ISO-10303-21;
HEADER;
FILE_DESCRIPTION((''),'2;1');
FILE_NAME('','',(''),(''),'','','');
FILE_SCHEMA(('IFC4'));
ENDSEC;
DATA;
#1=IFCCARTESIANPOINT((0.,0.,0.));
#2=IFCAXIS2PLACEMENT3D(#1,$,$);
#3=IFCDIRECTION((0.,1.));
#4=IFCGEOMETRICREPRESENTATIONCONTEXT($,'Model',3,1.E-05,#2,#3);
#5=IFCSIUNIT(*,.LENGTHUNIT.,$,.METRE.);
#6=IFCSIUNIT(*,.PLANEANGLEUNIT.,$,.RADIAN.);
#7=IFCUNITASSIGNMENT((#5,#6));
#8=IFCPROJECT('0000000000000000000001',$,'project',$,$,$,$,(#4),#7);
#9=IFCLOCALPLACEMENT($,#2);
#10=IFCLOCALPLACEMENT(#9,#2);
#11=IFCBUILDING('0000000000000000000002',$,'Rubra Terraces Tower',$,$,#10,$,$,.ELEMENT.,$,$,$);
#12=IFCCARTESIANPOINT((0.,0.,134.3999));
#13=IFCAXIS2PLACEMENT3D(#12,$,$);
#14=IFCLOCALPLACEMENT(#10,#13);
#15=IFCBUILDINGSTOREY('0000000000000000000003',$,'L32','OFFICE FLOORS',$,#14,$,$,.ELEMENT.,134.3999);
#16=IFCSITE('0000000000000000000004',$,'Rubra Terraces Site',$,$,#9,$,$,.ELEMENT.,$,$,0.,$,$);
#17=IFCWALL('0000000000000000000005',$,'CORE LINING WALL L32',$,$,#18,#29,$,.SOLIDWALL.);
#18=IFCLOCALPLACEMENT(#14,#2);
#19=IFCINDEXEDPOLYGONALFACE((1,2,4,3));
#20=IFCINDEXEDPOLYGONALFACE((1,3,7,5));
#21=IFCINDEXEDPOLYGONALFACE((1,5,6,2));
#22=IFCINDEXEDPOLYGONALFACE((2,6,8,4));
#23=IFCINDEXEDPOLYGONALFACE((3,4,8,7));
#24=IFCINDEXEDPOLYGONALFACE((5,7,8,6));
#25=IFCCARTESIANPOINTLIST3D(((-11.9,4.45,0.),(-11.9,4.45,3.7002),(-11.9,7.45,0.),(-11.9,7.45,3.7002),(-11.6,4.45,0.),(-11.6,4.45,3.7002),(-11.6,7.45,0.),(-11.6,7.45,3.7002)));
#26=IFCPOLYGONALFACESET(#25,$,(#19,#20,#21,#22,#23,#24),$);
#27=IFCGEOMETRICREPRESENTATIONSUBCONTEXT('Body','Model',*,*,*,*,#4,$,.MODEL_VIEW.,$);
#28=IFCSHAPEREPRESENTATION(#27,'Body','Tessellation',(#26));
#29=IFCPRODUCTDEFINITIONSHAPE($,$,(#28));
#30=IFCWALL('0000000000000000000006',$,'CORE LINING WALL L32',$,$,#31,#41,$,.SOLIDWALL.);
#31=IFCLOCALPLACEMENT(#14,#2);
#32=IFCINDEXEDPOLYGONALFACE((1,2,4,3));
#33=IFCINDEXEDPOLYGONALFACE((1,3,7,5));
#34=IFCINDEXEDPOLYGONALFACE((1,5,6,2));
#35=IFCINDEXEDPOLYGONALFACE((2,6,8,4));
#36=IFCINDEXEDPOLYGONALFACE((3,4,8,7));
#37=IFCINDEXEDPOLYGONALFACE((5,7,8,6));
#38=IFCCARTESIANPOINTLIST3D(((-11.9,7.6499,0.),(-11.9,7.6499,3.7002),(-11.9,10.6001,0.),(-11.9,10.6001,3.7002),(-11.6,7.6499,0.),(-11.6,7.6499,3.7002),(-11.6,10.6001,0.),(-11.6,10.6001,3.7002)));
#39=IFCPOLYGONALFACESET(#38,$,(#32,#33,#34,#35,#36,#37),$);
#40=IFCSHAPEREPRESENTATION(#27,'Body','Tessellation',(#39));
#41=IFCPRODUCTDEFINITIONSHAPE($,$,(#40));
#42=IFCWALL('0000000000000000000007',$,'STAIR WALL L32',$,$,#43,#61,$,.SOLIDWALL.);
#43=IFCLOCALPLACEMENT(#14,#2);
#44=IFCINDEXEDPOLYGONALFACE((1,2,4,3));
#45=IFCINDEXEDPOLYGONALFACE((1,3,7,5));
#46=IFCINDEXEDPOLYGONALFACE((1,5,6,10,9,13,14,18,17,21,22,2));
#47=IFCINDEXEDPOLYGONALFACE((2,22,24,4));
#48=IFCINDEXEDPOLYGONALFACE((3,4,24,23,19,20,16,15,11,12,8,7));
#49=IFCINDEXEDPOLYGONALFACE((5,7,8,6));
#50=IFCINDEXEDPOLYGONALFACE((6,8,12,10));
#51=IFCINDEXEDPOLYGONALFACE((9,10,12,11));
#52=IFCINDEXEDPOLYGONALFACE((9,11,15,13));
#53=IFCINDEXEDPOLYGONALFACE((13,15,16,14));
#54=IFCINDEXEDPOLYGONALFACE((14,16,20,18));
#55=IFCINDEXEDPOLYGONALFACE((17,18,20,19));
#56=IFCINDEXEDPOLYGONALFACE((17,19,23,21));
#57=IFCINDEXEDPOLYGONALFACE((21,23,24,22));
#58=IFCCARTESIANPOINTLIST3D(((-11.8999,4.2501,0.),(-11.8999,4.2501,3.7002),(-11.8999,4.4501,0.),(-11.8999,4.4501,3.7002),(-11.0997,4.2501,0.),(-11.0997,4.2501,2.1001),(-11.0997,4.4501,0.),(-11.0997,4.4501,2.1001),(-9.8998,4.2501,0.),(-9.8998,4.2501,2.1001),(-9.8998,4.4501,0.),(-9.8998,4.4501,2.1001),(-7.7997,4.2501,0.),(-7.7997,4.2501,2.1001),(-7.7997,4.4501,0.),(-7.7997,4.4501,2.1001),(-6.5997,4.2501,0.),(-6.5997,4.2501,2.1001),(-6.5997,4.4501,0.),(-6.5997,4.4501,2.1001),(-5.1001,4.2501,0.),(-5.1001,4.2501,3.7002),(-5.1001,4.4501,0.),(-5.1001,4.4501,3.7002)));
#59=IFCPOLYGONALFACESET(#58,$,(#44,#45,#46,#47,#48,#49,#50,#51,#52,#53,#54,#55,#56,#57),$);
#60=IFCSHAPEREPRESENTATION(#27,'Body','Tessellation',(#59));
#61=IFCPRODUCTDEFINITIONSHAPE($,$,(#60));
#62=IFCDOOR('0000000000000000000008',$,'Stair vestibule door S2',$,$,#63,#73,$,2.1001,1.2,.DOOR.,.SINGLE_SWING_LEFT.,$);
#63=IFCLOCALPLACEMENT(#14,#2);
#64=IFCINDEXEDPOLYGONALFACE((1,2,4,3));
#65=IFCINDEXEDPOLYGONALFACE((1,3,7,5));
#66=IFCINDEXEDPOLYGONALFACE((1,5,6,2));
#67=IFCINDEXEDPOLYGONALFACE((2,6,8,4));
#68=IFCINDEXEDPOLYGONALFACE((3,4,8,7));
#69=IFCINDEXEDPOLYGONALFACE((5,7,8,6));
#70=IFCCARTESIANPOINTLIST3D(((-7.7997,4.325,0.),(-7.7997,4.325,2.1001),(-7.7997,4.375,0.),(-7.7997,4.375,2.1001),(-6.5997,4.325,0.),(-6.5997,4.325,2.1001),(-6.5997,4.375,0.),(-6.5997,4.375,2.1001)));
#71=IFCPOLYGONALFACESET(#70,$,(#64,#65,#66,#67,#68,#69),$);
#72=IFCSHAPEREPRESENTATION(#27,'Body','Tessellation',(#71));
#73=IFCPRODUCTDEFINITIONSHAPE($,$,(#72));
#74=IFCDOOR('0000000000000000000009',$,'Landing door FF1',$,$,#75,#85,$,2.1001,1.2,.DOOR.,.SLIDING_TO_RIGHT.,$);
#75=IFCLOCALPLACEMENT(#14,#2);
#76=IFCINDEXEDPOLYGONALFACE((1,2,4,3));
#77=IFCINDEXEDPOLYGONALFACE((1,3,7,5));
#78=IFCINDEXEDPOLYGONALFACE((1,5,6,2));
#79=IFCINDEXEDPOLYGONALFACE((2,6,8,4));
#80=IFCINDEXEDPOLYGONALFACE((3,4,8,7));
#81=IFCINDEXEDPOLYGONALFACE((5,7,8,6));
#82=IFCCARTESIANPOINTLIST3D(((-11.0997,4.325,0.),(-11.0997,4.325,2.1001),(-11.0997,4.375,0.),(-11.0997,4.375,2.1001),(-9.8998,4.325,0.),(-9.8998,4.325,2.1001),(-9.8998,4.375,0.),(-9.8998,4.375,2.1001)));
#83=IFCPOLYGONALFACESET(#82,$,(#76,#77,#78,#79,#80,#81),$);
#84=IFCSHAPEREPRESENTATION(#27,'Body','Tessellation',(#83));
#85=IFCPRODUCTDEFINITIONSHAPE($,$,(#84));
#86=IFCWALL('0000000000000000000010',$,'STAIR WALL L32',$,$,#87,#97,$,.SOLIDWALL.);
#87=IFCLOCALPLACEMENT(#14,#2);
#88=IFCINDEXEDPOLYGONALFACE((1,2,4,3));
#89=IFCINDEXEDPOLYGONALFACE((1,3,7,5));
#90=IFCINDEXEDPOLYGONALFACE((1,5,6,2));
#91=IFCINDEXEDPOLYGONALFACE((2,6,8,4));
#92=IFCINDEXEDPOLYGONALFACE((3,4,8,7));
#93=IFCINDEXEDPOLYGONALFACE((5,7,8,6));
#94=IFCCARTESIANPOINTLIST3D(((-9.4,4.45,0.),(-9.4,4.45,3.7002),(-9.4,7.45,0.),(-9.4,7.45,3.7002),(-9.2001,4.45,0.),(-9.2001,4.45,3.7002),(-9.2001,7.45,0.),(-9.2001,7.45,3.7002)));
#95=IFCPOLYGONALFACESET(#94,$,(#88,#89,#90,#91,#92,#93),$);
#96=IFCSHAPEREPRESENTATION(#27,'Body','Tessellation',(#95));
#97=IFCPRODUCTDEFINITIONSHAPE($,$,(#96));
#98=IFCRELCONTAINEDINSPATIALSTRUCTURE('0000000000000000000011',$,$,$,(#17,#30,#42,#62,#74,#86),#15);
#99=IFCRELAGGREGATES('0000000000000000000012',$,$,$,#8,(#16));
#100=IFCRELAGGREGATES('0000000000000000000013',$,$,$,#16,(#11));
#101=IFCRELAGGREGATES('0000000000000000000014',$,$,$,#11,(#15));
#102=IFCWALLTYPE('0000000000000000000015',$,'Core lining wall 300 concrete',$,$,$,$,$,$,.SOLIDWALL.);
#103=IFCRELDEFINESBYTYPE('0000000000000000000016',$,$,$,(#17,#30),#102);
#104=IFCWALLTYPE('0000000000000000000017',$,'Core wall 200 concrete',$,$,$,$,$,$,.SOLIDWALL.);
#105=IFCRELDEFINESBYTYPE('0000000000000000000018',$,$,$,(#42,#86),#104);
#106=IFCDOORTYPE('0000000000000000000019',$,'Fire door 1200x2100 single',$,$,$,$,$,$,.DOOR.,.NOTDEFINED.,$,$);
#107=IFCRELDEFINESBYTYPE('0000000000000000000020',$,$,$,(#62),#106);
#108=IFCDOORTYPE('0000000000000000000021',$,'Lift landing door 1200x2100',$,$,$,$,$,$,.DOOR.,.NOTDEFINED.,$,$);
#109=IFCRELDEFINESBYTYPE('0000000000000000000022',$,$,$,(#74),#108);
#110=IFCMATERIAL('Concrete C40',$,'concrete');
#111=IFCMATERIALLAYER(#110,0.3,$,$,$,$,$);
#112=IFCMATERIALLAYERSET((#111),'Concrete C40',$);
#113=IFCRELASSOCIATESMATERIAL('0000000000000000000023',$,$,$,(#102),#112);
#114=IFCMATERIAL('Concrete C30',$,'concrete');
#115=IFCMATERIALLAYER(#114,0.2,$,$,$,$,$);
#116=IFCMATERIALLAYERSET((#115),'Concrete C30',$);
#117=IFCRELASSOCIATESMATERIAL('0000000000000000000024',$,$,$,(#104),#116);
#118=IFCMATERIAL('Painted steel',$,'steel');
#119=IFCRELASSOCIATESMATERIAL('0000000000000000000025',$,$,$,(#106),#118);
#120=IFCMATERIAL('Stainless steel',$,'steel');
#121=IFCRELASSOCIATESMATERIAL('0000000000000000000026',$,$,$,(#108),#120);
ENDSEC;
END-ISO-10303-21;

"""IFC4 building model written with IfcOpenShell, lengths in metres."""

from ifc_helpers import new_model, si_unit, direction, frame, frame_2d, origin, place, context, subcontext, project, spatial, rectangle, extrude, material, layer, layer_set, type_object, element, fill, save


model = new_model("IFC4")

# Units and contexts
model_context = context("Model", 3, precision=1e-05, world=origin(), true_north=direction((0.0, 1.0)))
body_context = subcontext(model_context, "Body", "Model", "MODEL_VIEW")
ifc_project = project(units=[si_unit("LENGTHUNIT", "METRE"), si_unit("PLANEANGLEUNIT", "RADIAN")], contexts=[model_context])

# Site, building, storey
site_placement = place(None, origin())
site = spatial("IfcSite", under=ifc_project, at=site_placement, Name="Rubra Terraces Site", CompositionType="ELEMENT", RefElevation=0.0)
building_placement = place(site_placement, origin())
building = spatial("IfcBuilding", under=site, at=building_placement, Name="Rubra Terraces Tower", CompositionType="ELEMENT")
storey_placement = place(building_placement, frame((0.0, 0.0, 134.3999)))
storey = spatial("IfcBuildingStorey", under=building, at=storey_placement, Name="L32", Description="OFFICE FLOORS", CompositionType="ELEMENT", Elevation=134.3999)

# Walls
ifc_material_1 = material(Name="Concrete C40", Category="concrete")
ifc_layer_1 = layer(ifc_material_1, 0.3)
ifc_layer_set_1 = layer_set([ifc_layer_1], Name="Concrete C40")
wall_type_1 = type_object("IfcWallType", Name="Core lining wall 300 concrete", PredefinedType="SOLIDWALL", material=ifc_layer_set_1)
wall_1_placement = place(storey_placement, frame((-11.75, 4.45, 0.0), z_axis=(0.0, 0.0, 1.0), x_axis=(0.0, 1.0, 0.0)))
element("IfcWall", 1, at=wall_1_placement, inside=storey, type_object=wall_type_1, Name="CORE LINING WALL L32", PredefinedType="SOLIDWALL", context=body_context, shape_type="SweptSolid", body=[
    extrude(rectangle(XDim=3.0, YDim=0.3, at=frame_2d((1.5, 0.0))), origin(), (0.0, 0.0, 1.0), 3.7002),
])
wall_2_placement = place(storey_placement, frame((-11.75, 7.6499, 0.0), z_axis=(0.0, 0.0, 1.0), x_axis=(0.0, 1.0, 0.0)))
element("IfcWall", 2, at=wall_2_placement, inside=storey, type_object=wall_type_1, Name="CORE LINING WALL L32", PredefinedType="SOLIDWALL", context=body_context, shape_type="SweptSolid", body=[
    extrude(rectangle(XDim=2.9502, YDim=0.3, at=frame_2d((1.4751, 0.0))), origin(), (0.0, 0.0, 1.0), 3.7002),
])

# Wall, openings, doors
ifc_material_2 = material(Name="Concrete C30", Category="concrete")
ifc_layer_2 = layer(ifc_material_2, 0.2)
ifc_layer_set_2 = layer_set([ifc_layer_2], Name="Concrete C30")
wall_type_2 = type_object("IfcWallType", Name="Core wall 200 concrete", PredefinedType="SOLIDWALL", material=ifc_layer_set_2)
wall_3_placement = place(storey_placement, frame((-11.8999, 4.3501, 0.0), z_axis=(0.0, 0.0, 1.0), x_axis=(1.0, 0.0, 0.0)))
wall_3 = element("IfcWall", 3, at=wall_3_placement, inside=storey, type_object=wall_type_2, Name="STAIR WALL L32", PredefinedType="SOLIDWALL", context=body_context, shape_type="SweptSolid", body=[
    extrude(rectangle(XDim=6.7998, YDim=0.2, at=frame_2d((3.3999, 0.0))), origin(), (0.0, 0.0, 1.0), 3.7002),
])
opening_1_placement = place(wall_3_placement, frame((4.1001, 0.0, 0.0)))
opening_1 = element("IfcOpeningElement", 4, at=opening_1_placement, cuts=wall_3, PredefinedType="OPENING", context=body_context, shape_type="SweptSolid", body=[
    extrude(rectangle(XDim=1.2, YDim=2.1001, at=frame_2d((0.6001, 1.05))), frame((0.0, 0.1099, 0.0), z_axis=(0.0, -1.0, 0.0), x_axis=(1.0, 0.0, 0.0)), (0.0, 0.0, 1.0), 0.22),
])
opening_2_placement = place(wall_3_placement, frame((0.8, 0.0, 0.0)))
opening_2 = element("IfcOpeningElement", 5, at=opening_2_placement, cuts=wall_3, PredefinedType="OPENING", context=body_context, shape_type="SweptSolid", body=[
    extrude(rectangle(XDim=1.2, YDim=2.1001, at=frame_2d((0.6001, 1.05))), frame((0.0, 0.1099, 0.0), z_axis=(0.0, -1.0, 0.0), x_axis=(1.0, 0.0, 0.0)), (0.0, 0.0, 1.0), 0.22),
])
ifc_material_3 = material(Name="Painted steel", Category="steel")
door_type_1 = type_object("IfcDoorType", Name="Fire door 1200x2100 single", OperationType="NOTDEFINED", PredefinedType="DOOR", material=ifc_material_3)
door_1_placement = place(opening_1_placement, origin())
door_1 = element("IfcDoor", 6, at=door_1_placement, inside=storey, type_object=door_type_1, Name="Stair vestibule door S2", OperationType="SINGLE_SWING_LEFT", OverallHeight=2.1001, OverallWidth=1.2, PredefinedType="DOOR", context=body_context, shape_type="SweptSolid", body=[
    extrude(rectangle(XDim=1.2, YDim=2.1001, at=frame_2d((0.6001, 1.05))), frame((0.0, 0.0249, 0.0), z_axis=(0.0, -1.0, 0.0), x_axis=(1.0, 0.0, 0.0)), (0.0, 0.0, 1.0), 0.05),
])
fill(opening_1, door_1)
ifc_material_4 = material(Name="Stainless steel", Category="steel")
door_type_2 = type_object("IfcDoorType", Name="Lift landing door 1200x2100", OperationType="NOTDEFINED", PredefinedType="DOOR", material=ifc_material_4)
door_2_placement = place(opening_2_placement, origin())
door_2 = element("IfcDoor", 7, at=door_2_placement, inside=storey, type_object=door_type_2, Name="Landing door FF1", OperationType="SLIDING_TO_RIGHT", OverallHeight=2.1001, OverallWidth=1.2, PredefinedType="DOOR", context=body_context, shape_type="SweptSolid", body=[
    extrude(rectangle(XDim=1.2, YDim=2.1001, at=frame_2d((0.6001, 1.05))), frame((0.0, 0.0249, 0.0), z_axis=(0.0, -1.0, 0.0), x_axis=(1.0, 0.0, 0.0)), (0.0, 0.0, 1.0), 0.05),
])
fill(opening_2, door_2)

# Wall
wall_4_placement = place(storey_placement, frame((-9.3, 4.45, 0.0), z_axis=(0.0, 0.0, 1.0), x_axis=(0.0, 1.0, 0.0)))
element("IfcWall", 8, at=wall_4_placement, inside=storey, type_object=wall_type_2, Name="STAIR WALL L32", PredefinedType="SOLIDWALL", context=body_context, shape_type="SweptSolid", body=[
    extrude(rectangle(XDim=3.0, YDim=0.2, at=frame_2d((1.5, 0.0))), origin(), (0.0, 0.0, 1.0), 3.7002),
])

save(model, "model.ifc")
